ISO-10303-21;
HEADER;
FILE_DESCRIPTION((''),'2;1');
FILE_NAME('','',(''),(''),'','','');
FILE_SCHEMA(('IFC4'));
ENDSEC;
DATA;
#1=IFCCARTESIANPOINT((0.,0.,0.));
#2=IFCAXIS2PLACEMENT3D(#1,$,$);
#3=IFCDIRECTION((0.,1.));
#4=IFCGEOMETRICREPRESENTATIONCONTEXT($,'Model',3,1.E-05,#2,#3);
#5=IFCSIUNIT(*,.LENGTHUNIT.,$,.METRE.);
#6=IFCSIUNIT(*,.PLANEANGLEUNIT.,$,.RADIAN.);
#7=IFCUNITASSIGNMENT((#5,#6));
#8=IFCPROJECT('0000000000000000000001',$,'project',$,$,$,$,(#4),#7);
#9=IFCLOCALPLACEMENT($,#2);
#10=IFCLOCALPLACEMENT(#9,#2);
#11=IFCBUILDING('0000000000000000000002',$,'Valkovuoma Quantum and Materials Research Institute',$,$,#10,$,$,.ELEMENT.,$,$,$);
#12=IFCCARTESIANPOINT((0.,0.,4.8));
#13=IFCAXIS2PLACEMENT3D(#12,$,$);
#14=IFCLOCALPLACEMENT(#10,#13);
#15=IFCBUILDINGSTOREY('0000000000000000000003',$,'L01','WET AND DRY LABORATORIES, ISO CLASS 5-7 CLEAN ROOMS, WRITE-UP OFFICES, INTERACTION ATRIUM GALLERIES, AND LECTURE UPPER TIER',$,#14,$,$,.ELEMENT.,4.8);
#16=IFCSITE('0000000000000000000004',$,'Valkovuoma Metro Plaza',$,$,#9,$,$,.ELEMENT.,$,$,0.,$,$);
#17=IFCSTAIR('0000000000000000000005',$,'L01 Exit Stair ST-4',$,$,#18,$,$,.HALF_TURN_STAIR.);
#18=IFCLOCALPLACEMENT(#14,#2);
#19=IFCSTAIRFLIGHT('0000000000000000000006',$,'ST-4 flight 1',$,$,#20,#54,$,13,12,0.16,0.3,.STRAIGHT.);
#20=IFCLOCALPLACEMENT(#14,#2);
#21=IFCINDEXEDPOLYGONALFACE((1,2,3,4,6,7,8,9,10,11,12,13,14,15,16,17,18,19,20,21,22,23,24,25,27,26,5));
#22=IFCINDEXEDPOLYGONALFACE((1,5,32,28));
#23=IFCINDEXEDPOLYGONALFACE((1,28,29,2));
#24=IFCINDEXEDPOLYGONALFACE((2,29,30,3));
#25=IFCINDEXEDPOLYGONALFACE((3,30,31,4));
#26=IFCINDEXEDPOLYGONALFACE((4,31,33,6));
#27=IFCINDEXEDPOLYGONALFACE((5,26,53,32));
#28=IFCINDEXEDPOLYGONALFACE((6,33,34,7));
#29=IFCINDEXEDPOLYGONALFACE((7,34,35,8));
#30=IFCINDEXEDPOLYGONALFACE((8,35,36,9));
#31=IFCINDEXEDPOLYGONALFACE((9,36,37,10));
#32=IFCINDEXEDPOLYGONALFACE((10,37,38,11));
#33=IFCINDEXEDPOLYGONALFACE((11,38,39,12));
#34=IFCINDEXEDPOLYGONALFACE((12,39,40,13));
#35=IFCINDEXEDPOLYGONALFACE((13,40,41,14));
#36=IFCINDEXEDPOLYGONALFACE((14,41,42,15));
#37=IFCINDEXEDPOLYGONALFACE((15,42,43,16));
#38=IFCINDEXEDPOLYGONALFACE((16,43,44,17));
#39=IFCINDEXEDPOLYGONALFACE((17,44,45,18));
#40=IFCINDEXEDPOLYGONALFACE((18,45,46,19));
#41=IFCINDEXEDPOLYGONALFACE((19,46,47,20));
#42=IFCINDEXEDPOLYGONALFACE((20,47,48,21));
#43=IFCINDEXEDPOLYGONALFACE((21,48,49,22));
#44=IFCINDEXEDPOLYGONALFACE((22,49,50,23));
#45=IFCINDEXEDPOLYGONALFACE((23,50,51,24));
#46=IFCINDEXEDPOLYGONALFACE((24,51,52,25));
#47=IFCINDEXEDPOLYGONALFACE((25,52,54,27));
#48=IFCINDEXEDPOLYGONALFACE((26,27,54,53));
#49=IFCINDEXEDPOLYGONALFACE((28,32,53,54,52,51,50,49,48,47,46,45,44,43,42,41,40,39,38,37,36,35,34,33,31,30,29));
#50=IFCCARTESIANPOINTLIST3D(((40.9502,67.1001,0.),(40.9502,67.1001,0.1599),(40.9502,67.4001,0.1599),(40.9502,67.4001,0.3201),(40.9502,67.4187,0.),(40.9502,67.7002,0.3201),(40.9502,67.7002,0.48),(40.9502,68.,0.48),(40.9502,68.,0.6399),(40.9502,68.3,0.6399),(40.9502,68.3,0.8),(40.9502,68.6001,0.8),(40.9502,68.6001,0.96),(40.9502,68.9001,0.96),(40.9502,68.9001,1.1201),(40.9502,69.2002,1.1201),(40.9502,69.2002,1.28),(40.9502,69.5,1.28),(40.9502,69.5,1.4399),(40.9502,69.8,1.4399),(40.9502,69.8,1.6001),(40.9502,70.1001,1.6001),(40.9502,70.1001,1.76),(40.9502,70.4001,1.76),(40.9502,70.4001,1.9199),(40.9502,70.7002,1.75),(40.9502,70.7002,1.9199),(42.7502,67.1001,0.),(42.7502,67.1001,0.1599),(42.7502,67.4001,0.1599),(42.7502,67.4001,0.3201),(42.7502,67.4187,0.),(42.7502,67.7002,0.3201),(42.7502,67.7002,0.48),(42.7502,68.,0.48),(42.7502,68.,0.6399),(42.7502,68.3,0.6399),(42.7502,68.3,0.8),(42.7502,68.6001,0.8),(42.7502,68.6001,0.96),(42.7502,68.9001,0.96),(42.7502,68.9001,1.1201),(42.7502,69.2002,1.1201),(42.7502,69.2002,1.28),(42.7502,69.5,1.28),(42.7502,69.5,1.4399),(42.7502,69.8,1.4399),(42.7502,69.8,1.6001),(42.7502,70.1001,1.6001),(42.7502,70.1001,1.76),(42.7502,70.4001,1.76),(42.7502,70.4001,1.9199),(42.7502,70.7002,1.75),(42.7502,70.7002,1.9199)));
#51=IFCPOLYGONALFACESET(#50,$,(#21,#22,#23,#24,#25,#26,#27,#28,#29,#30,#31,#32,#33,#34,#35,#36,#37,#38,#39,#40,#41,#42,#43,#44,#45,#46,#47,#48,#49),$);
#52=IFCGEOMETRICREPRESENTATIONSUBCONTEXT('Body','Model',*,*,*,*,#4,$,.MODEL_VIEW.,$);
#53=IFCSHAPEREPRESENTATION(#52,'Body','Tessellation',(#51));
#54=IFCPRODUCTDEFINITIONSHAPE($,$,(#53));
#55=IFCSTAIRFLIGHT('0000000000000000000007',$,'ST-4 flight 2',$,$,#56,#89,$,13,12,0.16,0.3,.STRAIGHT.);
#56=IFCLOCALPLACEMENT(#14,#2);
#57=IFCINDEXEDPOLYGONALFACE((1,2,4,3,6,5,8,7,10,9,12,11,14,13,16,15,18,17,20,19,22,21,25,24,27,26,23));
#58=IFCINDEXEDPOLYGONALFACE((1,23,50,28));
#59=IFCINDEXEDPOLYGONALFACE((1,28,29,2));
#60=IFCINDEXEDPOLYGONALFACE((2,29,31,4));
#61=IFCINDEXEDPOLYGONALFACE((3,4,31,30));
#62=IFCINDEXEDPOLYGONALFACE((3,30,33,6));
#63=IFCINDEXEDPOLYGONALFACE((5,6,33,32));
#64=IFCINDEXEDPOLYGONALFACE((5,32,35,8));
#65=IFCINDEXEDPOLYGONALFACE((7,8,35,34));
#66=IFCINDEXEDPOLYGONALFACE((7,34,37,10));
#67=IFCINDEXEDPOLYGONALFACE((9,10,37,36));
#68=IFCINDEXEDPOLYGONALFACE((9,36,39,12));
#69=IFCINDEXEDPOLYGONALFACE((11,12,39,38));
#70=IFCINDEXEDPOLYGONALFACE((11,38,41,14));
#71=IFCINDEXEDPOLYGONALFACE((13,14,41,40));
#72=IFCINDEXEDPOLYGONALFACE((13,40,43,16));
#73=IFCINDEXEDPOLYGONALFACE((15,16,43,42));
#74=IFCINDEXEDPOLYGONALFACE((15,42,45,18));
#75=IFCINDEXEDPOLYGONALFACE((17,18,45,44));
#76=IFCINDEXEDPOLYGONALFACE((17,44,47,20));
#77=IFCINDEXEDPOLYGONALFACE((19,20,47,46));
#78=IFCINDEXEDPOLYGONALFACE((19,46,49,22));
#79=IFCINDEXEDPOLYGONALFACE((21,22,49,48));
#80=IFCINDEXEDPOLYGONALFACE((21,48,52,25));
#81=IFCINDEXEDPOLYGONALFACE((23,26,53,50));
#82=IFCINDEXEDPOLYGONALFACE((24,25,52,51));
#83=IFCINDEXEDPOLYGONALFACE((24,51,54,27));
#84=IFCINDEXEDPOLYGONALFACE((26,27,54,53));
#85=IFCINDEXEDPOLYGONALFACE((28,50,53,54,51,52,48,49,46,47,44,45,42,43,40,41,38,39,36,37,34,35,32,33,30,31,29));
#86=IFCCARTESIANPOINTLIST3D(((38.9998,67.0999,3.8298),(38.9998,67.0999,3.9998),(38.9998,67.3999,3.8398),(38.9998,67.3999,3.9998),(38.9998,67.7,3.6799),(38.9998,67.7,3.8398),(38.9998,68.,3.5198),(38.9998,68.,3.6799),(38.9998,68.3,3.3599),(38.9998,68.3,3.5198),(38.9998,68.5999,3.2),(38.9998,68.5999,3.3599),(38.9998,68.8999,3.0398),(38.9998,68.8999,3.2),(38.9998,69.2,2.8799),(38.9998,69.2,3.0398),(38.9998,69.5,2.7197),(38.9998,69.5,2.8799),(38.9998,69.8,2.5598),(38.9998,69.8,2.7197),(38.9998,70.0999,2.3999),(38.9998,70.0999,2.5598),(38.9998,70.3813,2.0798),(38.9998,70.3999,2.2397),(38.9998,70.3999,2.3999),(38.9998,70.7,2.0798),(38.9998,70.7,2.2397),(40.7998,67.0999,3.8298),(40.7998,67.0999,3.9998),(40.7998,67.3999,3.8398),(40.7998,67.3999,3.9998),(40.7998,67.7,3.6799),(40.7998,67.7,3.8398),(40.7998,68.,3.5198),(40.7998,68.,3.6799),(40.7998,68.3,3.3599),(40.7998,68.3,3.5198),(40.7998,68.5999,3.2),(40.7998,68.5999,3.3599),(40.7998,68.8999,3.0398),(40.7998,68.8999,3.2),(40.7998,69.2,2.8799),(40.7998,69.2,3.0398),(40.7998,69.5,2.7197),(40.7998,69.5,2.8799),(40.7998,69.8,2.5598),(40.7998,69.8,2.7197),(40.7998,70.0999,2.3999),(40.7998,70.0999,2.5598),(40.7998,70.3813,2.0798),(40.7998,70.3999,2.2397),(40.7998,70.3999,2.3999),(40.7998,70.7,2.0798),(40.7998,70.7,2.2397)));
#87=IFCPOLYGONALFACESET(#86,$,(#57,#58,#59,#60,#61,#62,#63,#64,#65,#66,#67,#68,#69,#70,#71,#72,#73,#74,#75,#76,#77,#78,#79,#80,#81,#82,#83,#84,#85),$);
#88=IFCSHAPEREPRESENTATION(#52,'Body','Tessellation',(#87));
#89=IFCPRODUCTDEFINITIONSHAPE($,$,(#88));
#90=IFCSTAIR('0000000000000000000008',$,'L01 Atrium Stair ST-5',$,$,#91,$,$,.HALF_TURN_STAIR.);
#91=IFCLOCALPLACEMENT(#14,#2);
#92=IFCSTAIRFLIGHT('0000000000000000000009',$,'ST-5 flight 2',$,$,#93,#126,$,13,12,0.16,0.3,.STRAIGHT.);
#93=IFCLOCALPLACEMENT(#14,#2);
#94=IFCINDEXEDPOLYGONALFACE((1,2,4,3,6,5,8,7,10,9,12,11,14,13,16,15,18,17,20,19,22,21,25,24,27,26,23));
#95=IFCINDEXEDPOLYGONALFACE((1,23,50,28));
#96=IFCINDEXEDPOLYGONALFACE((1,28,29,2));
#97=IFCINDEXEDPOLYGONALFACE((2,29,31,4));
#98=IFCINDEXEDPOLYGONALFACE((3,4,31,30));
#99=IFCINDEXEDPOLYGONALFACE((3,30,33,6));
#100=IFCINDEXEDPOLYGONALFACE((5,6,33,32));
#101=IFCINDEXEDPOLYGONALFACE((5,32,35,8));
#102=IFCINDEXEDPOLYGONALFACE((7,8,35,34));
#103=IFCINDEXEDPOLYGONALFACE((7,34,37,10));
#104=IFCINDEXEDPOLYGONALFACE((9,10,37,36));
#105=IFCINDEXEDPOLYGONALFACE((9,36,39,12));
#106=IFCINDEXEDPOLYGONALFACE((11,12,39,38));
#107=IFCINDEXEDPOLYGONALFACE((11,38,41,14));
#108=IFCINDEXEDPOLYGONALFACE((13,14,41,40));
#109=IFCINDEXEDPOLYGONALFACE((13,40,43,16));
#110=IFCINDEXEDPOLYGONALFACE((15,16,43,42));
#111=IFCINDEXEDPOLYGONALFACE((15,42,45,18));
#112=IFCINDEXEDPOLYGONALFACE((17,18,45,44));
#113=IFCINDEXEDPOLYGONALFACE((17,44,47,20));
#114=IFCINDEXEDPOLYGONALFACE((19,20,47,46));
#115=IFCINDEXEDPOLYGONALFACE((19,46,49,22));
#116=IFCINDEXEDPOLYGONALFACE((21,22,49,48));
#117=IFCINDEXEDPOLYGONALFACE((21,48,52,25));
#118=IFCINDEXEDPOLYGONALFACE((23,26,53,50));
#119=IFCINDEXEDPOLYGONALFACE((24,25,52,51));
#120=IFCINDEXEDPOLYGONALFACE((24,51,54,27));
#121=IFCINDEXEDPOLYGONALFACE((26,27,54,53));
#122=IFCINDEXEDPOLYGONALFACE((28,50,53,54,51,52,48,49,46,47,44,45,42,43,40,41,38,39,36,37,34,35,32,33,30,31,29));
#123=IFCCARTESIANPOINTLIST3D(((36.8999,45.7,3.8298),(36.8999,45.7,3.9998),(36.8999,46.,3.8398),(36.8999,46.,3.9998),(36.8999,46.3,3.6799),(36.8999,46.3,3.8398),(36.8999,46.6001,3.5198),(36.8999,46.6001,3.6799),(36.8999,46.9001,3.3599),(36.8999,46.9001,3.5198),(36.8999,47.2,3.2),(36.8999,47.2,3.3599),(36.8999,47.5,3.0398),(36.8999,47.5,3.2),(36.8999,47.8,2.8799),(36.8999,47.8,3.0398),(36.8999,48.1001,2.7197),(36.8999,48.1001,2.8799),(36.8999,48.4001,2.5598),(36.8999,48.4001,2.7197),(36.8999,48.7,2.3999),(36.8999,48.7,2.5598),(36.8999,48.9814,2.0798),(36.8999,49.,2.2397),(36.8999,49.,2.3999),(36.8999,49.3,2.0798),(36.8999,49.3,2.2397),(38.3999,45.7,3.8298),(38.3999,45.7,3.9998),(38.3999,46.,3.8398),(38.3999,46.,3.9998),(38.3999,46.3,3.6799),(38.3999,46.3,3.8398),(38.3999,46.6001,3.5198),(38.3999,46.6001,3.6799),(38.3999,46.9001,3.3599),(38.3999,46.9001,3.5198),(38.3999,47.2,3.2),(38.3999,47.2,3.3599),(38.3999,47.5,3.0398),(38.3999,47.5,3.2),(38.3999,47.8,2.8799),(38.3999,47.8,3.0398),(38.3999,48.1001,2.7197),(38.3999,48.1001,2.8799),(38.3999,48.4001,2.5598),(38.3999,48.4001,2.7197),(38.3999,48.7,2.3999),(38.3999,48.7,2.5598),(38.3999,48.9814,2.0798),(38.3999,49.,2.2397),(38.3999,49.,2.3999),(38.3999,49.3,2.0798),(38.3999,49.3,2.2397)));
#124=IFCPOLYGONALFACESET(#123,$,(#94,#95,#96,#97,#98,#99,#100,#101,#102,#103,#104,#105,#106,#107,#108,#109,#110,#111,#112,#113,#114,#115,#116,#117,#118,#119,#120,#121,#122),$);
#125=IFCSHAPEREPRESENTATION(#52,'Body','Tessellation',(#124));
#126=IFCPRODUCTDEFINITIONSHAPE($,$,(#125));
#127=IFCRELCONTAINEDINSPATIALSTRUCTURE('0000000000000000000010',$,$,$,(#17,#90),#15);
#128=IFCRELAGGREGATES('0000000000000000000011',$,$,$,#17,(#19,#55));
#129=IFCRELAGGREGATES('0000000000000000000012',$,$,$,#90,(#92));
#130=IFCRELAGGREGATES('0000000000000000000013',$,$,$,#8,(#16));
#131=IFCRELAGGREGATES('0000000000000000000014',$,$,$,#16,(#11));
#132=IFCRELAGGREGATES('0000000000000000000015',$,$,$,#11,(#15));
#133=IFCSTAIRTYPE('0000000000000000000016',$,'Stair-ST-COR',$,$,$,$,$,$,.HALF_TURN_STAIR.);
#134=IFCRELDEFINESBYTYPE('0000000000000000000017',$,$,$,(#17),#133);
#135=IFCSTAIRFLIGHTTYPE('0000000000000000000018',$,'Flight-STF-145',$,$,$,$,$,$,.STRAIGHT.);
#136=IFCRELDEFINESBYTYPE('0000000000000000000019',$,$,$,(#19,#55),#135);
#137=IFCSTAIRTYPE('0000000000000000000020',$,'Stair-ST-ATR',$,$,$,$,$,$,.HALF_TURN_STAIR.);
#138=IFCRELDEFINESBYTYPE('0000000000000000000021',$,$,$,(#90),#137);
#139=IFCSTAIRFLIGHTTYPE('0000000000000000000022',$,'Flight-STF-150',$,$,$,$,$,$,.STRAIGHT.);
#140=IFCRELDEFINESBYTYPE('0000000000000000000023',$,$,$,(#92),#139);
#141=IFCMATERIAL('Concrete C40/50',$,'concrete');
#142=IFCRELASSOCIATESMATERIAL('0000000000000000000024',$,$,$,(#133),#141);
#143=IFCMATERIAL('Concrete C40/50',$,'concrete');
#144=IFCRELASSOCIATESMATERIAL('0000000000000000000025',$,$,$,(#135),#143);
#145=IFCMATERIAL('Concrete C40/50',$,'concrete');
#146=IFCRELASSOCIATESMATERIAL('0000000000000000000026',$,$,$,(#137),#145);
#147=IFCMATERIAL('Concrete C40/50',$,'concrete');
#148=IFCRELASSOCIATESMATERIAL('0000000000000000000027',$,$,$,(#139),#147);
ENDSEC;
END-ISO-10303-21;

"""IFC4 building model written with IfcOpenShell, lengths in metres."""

from ifc_helpers import new_model, si_unit, direction, frame, origin, place, context, subcontext, project, spatial, polyline, outline, extrude, material, type_object, element, aggregate, save


model = new_model("IFC4")

# Units and contexts
model_context = context("Model", 3, precision=1e-05, world=origin(), true_north=direction((0.0, 1.0)))
body_context = subcontext(model_context, "Body", "Model", "MODEL_VIEW")
ifc_project = project(units=[si_unit("LENGTHUNIT", "METRE"), si_unit("PLANEANGLEUNIT", "RADIAN")], contexts=[model_context])

# Site, building, storey
site_placement = place(None, origin())
site = spatial("IfcSite", under=ifc_project, at=site_placement, Name="Valkovuoma Metro Plaza", CompositionType="ELEMENT", RefElevation=0.0)
building_placement = place(site_placement, origin())
building = spatial("IfcBuilding", under=site, at=building_placement, Name="Valkovuoma Quantum and Materials Research Institute", CompositionType="ELEMENT")
storey_placement = place(building_placement, frame((0.0, 0.0, 4.8)))
storey = spatial("IfcBuildingStorey", under=building, at=storey_placement, Name="L01", Description="WET AND DRY LABORATORIES, ISO CLASS 5-7 CLEAN ROOMS, WRITE-UP OFFICES, INTERACTION ATRIUM GALLERIES, AND LECTURE UPPER TIER", CompositionType="ELEMENT", Elevation=4.8)

# Stair, stair flights
ifc_material_1 = material(Name="Concrete C40/50", Category="concrete")
stair_type_1 = type_object("IfcStairType", Name="Stair-ST-COR", PredefinedType="HALF_TURN_STAIR", material=ifc_material_1)
stair_1_placement = place(storey_placement, origin())
stair_1 = element("IfcStair", 1, at=stair_1_placement, inside=storey, type_object=stair_type_1, Name="L01 Exit Stair ST-4", PredefinedType="HALF_TURN_STAIR")
ifc_material_2 = material(Name="Concrete C40/50", Category="concrete")
stair_flight_type_1 = type_object("IfcStairFlightType", Name="Flight-STF-145", PredefinedType="STRAIGHT", material=ifc_material_2)
stair_flight_1_placement = place(storey_placement, frame((41.8501, 67.1001, 0.0), z_axis=(0.0, 0.0, 1.0), x_axis=(0.0, 1.0, 0.0)))
stair_flight_1 = element("IfcStairFlight", 2, at=stair_flight_1_placement, type_object=stair_flight_type_1, Name="ST-4 flight 1", NumberOfRisers=13, NumberOfTreads=12, PredefinedType="STRAIGHT", RiserHeight=0.16, TreadLength=0.3, context=body_context, shape_type="SweptSolid", body=[
    extrude(outline(polyline([(0.0, 0.0), (0.0, 0.1599), (0.3, 0.1599), (0.3, 0.3201), (0.6001, 0.3201), (0.6001, 0.48), (0.8999, 0.48), (0.8999, 0.6399), (1.2, 0.6399), (1.2, 0.8), (1.5, 0.8), (1.5, 0.96), (1.8, 0.96), (1.8, 1.1201), (2.1001, 1.1201), (2.1001, 1.28), (2.3999, 1.28), (2.3999, 1.4399), (2.7, 1.4399), (2.7, 1.6001), (3.0, 1.6001), (3.0, 1.76), (3.3, 1.76), (3.3, 1.9199), (3.6001, 1.9199), (3.6001, 2.0801), (3.6001, 1.75), (0.3186, 0.0), (0.0, 0.0)])), frame((0.0, 0.8999, 0.0), z_axis=(0.0, -1.0, 0.0), x_axis=(1.0, 0.0, 0.0)), (0.0, 0.0, 1.0), 1.8),
])
stair_flight_2_placement = place(storey_placement, frame((39.8999, 70.7, 2.0798), z_axis=(0.0, 0.0, 1.0), x_axis=(0.0, -1.0, 0.0)))
stair_flight_2 = element("IfcStairFlight", 3, at=stair_flight_2_placement, type_object=stair_flight_type_1, Name="ST-4 flight 2", NumberOfRisers=13, NumberOfTreads=12, PredefinedType="STRAIGHT", RiserHeight=0.16, TreadLength=0.3, context=body_context, shape_type="SweptSolid", body=[
    extrude(outline(polyline([(0.0, 0.0), (0.0, 0.1599), (0.3, 0.1599), (0.3, 0.3201), (0.6001, 0.3201), (0.6001, 0.48), (0.8999, 0.48), (0.8999, 0.6399), (1.2, 0.6399), (1.2, 0.8), (1.5, 0.8), (1.5, 0.96), (1.8, 0.96), (1.8, 1.1201), (2.1001, 1.1201), (2.1001, 1.28), (2.3999, 1.28), (2.3999, 1.4399), (2.7, 1.4399), (2.7, 1.6001), (3.0, 1.6001), (3.0, 1.76), (3.3, 1.76), (3.3, 1.9199), (3.6001, 1.9199), (3.6001, 2.0801), (3.6001, 1.75), (0.3186, 0.0), (0.0, 0.0)])), frame((0.0, 0.8999, 0.0), z_axis=(0.0, -1.0, 0.0), x_axis=(1.0, 0.0, 0.0)), (0.0, 0.0, 1.0), 1.8),
])
aggregate(stair_1, [stair_flight_1, stair_flight_2])

# Stair, stair flight
ifc_material_3 = material(Name="Concrete C40/50", Category="concrete")
stair_type_2 = type_object("IfcStairType", Name="Stair-ST-ATR", PredefinedType="HALF_TURN_STAIR", material=ifc_material_3)
stair_2_placement = place(storey_placement, origin())
stair_2 = element("IfcStair", 4, at=stair_2_placement, inside=storey, type_object=stair_type_2, Name="L01 Atrium Stair ST-5", PredefinedType="HALF_TURN_STAIR")
ifc_material_4 = material(Name="Concrete C40/50", Category="concrete")
stair_flight_type_2 = type_object("IfcStairFlightType", Name="Flight-STF-150", PredefinedType="STRAIGHT", material=ifc_material_4)
stair_flight_3_placement = place(storey_placement, frame((37.6499, 49.3, 2.0798), z_axis=(0.0, 0.0, 1.0), x_axis=(0.0, -1.0, 0.0)))
stair_flight_3 = element("IfcStairFlight", 5, at=stair_flight_3_placement, type_object=stair_flight_type_2, Name="ST-5 flight 2", NumberOfRisers=13, NumberOfTreads=12, PredefinedType="STRAIGHT", RiserHeight=0.16, TreadLength=0.3, context=body_context, shape_type="SweptSolid", body=[
    extrude(outline(polyline([(0.0, 0.0), (0.0, 0.1599), (0.3, 0.1599), (0.3, 0.3201), (0.6001, 0.3201), (0.6001, 0.48), (0.8999, 0.48), (0.8999, 0.6399), (1.2, 0.6399), (1.2, 0.8), (1.5, 0.8), (1.5, 0.96), (1.8, 0.96), (1.8, 1.1201), (2.1001, 1.1201), (2.1001, 1.28), (2.3999, 1.28), (2.3999, 1.4399), (2.7, 1.4399), (2.7, 1.6001), (3.0, 1.6001), (3.0, 1.76), (3.3, 1.76), (3.3, 1.9199), (3.6001, 1.9199), (3.6001, 2.0801), (3.6001, 1.75), (0.3186, 0.0), (0.0, 0.0)])), frame((0.0, 0.75, 0.0), z_axis=(0.0, -1.0, 0.0), x_axis=(1.0, 0.0, 0.0)), (0.0, 0.0, 1.0), 1.5),
])
aggregate(stair_2, [stair_flight_3])

save(model, "model.ifc")
